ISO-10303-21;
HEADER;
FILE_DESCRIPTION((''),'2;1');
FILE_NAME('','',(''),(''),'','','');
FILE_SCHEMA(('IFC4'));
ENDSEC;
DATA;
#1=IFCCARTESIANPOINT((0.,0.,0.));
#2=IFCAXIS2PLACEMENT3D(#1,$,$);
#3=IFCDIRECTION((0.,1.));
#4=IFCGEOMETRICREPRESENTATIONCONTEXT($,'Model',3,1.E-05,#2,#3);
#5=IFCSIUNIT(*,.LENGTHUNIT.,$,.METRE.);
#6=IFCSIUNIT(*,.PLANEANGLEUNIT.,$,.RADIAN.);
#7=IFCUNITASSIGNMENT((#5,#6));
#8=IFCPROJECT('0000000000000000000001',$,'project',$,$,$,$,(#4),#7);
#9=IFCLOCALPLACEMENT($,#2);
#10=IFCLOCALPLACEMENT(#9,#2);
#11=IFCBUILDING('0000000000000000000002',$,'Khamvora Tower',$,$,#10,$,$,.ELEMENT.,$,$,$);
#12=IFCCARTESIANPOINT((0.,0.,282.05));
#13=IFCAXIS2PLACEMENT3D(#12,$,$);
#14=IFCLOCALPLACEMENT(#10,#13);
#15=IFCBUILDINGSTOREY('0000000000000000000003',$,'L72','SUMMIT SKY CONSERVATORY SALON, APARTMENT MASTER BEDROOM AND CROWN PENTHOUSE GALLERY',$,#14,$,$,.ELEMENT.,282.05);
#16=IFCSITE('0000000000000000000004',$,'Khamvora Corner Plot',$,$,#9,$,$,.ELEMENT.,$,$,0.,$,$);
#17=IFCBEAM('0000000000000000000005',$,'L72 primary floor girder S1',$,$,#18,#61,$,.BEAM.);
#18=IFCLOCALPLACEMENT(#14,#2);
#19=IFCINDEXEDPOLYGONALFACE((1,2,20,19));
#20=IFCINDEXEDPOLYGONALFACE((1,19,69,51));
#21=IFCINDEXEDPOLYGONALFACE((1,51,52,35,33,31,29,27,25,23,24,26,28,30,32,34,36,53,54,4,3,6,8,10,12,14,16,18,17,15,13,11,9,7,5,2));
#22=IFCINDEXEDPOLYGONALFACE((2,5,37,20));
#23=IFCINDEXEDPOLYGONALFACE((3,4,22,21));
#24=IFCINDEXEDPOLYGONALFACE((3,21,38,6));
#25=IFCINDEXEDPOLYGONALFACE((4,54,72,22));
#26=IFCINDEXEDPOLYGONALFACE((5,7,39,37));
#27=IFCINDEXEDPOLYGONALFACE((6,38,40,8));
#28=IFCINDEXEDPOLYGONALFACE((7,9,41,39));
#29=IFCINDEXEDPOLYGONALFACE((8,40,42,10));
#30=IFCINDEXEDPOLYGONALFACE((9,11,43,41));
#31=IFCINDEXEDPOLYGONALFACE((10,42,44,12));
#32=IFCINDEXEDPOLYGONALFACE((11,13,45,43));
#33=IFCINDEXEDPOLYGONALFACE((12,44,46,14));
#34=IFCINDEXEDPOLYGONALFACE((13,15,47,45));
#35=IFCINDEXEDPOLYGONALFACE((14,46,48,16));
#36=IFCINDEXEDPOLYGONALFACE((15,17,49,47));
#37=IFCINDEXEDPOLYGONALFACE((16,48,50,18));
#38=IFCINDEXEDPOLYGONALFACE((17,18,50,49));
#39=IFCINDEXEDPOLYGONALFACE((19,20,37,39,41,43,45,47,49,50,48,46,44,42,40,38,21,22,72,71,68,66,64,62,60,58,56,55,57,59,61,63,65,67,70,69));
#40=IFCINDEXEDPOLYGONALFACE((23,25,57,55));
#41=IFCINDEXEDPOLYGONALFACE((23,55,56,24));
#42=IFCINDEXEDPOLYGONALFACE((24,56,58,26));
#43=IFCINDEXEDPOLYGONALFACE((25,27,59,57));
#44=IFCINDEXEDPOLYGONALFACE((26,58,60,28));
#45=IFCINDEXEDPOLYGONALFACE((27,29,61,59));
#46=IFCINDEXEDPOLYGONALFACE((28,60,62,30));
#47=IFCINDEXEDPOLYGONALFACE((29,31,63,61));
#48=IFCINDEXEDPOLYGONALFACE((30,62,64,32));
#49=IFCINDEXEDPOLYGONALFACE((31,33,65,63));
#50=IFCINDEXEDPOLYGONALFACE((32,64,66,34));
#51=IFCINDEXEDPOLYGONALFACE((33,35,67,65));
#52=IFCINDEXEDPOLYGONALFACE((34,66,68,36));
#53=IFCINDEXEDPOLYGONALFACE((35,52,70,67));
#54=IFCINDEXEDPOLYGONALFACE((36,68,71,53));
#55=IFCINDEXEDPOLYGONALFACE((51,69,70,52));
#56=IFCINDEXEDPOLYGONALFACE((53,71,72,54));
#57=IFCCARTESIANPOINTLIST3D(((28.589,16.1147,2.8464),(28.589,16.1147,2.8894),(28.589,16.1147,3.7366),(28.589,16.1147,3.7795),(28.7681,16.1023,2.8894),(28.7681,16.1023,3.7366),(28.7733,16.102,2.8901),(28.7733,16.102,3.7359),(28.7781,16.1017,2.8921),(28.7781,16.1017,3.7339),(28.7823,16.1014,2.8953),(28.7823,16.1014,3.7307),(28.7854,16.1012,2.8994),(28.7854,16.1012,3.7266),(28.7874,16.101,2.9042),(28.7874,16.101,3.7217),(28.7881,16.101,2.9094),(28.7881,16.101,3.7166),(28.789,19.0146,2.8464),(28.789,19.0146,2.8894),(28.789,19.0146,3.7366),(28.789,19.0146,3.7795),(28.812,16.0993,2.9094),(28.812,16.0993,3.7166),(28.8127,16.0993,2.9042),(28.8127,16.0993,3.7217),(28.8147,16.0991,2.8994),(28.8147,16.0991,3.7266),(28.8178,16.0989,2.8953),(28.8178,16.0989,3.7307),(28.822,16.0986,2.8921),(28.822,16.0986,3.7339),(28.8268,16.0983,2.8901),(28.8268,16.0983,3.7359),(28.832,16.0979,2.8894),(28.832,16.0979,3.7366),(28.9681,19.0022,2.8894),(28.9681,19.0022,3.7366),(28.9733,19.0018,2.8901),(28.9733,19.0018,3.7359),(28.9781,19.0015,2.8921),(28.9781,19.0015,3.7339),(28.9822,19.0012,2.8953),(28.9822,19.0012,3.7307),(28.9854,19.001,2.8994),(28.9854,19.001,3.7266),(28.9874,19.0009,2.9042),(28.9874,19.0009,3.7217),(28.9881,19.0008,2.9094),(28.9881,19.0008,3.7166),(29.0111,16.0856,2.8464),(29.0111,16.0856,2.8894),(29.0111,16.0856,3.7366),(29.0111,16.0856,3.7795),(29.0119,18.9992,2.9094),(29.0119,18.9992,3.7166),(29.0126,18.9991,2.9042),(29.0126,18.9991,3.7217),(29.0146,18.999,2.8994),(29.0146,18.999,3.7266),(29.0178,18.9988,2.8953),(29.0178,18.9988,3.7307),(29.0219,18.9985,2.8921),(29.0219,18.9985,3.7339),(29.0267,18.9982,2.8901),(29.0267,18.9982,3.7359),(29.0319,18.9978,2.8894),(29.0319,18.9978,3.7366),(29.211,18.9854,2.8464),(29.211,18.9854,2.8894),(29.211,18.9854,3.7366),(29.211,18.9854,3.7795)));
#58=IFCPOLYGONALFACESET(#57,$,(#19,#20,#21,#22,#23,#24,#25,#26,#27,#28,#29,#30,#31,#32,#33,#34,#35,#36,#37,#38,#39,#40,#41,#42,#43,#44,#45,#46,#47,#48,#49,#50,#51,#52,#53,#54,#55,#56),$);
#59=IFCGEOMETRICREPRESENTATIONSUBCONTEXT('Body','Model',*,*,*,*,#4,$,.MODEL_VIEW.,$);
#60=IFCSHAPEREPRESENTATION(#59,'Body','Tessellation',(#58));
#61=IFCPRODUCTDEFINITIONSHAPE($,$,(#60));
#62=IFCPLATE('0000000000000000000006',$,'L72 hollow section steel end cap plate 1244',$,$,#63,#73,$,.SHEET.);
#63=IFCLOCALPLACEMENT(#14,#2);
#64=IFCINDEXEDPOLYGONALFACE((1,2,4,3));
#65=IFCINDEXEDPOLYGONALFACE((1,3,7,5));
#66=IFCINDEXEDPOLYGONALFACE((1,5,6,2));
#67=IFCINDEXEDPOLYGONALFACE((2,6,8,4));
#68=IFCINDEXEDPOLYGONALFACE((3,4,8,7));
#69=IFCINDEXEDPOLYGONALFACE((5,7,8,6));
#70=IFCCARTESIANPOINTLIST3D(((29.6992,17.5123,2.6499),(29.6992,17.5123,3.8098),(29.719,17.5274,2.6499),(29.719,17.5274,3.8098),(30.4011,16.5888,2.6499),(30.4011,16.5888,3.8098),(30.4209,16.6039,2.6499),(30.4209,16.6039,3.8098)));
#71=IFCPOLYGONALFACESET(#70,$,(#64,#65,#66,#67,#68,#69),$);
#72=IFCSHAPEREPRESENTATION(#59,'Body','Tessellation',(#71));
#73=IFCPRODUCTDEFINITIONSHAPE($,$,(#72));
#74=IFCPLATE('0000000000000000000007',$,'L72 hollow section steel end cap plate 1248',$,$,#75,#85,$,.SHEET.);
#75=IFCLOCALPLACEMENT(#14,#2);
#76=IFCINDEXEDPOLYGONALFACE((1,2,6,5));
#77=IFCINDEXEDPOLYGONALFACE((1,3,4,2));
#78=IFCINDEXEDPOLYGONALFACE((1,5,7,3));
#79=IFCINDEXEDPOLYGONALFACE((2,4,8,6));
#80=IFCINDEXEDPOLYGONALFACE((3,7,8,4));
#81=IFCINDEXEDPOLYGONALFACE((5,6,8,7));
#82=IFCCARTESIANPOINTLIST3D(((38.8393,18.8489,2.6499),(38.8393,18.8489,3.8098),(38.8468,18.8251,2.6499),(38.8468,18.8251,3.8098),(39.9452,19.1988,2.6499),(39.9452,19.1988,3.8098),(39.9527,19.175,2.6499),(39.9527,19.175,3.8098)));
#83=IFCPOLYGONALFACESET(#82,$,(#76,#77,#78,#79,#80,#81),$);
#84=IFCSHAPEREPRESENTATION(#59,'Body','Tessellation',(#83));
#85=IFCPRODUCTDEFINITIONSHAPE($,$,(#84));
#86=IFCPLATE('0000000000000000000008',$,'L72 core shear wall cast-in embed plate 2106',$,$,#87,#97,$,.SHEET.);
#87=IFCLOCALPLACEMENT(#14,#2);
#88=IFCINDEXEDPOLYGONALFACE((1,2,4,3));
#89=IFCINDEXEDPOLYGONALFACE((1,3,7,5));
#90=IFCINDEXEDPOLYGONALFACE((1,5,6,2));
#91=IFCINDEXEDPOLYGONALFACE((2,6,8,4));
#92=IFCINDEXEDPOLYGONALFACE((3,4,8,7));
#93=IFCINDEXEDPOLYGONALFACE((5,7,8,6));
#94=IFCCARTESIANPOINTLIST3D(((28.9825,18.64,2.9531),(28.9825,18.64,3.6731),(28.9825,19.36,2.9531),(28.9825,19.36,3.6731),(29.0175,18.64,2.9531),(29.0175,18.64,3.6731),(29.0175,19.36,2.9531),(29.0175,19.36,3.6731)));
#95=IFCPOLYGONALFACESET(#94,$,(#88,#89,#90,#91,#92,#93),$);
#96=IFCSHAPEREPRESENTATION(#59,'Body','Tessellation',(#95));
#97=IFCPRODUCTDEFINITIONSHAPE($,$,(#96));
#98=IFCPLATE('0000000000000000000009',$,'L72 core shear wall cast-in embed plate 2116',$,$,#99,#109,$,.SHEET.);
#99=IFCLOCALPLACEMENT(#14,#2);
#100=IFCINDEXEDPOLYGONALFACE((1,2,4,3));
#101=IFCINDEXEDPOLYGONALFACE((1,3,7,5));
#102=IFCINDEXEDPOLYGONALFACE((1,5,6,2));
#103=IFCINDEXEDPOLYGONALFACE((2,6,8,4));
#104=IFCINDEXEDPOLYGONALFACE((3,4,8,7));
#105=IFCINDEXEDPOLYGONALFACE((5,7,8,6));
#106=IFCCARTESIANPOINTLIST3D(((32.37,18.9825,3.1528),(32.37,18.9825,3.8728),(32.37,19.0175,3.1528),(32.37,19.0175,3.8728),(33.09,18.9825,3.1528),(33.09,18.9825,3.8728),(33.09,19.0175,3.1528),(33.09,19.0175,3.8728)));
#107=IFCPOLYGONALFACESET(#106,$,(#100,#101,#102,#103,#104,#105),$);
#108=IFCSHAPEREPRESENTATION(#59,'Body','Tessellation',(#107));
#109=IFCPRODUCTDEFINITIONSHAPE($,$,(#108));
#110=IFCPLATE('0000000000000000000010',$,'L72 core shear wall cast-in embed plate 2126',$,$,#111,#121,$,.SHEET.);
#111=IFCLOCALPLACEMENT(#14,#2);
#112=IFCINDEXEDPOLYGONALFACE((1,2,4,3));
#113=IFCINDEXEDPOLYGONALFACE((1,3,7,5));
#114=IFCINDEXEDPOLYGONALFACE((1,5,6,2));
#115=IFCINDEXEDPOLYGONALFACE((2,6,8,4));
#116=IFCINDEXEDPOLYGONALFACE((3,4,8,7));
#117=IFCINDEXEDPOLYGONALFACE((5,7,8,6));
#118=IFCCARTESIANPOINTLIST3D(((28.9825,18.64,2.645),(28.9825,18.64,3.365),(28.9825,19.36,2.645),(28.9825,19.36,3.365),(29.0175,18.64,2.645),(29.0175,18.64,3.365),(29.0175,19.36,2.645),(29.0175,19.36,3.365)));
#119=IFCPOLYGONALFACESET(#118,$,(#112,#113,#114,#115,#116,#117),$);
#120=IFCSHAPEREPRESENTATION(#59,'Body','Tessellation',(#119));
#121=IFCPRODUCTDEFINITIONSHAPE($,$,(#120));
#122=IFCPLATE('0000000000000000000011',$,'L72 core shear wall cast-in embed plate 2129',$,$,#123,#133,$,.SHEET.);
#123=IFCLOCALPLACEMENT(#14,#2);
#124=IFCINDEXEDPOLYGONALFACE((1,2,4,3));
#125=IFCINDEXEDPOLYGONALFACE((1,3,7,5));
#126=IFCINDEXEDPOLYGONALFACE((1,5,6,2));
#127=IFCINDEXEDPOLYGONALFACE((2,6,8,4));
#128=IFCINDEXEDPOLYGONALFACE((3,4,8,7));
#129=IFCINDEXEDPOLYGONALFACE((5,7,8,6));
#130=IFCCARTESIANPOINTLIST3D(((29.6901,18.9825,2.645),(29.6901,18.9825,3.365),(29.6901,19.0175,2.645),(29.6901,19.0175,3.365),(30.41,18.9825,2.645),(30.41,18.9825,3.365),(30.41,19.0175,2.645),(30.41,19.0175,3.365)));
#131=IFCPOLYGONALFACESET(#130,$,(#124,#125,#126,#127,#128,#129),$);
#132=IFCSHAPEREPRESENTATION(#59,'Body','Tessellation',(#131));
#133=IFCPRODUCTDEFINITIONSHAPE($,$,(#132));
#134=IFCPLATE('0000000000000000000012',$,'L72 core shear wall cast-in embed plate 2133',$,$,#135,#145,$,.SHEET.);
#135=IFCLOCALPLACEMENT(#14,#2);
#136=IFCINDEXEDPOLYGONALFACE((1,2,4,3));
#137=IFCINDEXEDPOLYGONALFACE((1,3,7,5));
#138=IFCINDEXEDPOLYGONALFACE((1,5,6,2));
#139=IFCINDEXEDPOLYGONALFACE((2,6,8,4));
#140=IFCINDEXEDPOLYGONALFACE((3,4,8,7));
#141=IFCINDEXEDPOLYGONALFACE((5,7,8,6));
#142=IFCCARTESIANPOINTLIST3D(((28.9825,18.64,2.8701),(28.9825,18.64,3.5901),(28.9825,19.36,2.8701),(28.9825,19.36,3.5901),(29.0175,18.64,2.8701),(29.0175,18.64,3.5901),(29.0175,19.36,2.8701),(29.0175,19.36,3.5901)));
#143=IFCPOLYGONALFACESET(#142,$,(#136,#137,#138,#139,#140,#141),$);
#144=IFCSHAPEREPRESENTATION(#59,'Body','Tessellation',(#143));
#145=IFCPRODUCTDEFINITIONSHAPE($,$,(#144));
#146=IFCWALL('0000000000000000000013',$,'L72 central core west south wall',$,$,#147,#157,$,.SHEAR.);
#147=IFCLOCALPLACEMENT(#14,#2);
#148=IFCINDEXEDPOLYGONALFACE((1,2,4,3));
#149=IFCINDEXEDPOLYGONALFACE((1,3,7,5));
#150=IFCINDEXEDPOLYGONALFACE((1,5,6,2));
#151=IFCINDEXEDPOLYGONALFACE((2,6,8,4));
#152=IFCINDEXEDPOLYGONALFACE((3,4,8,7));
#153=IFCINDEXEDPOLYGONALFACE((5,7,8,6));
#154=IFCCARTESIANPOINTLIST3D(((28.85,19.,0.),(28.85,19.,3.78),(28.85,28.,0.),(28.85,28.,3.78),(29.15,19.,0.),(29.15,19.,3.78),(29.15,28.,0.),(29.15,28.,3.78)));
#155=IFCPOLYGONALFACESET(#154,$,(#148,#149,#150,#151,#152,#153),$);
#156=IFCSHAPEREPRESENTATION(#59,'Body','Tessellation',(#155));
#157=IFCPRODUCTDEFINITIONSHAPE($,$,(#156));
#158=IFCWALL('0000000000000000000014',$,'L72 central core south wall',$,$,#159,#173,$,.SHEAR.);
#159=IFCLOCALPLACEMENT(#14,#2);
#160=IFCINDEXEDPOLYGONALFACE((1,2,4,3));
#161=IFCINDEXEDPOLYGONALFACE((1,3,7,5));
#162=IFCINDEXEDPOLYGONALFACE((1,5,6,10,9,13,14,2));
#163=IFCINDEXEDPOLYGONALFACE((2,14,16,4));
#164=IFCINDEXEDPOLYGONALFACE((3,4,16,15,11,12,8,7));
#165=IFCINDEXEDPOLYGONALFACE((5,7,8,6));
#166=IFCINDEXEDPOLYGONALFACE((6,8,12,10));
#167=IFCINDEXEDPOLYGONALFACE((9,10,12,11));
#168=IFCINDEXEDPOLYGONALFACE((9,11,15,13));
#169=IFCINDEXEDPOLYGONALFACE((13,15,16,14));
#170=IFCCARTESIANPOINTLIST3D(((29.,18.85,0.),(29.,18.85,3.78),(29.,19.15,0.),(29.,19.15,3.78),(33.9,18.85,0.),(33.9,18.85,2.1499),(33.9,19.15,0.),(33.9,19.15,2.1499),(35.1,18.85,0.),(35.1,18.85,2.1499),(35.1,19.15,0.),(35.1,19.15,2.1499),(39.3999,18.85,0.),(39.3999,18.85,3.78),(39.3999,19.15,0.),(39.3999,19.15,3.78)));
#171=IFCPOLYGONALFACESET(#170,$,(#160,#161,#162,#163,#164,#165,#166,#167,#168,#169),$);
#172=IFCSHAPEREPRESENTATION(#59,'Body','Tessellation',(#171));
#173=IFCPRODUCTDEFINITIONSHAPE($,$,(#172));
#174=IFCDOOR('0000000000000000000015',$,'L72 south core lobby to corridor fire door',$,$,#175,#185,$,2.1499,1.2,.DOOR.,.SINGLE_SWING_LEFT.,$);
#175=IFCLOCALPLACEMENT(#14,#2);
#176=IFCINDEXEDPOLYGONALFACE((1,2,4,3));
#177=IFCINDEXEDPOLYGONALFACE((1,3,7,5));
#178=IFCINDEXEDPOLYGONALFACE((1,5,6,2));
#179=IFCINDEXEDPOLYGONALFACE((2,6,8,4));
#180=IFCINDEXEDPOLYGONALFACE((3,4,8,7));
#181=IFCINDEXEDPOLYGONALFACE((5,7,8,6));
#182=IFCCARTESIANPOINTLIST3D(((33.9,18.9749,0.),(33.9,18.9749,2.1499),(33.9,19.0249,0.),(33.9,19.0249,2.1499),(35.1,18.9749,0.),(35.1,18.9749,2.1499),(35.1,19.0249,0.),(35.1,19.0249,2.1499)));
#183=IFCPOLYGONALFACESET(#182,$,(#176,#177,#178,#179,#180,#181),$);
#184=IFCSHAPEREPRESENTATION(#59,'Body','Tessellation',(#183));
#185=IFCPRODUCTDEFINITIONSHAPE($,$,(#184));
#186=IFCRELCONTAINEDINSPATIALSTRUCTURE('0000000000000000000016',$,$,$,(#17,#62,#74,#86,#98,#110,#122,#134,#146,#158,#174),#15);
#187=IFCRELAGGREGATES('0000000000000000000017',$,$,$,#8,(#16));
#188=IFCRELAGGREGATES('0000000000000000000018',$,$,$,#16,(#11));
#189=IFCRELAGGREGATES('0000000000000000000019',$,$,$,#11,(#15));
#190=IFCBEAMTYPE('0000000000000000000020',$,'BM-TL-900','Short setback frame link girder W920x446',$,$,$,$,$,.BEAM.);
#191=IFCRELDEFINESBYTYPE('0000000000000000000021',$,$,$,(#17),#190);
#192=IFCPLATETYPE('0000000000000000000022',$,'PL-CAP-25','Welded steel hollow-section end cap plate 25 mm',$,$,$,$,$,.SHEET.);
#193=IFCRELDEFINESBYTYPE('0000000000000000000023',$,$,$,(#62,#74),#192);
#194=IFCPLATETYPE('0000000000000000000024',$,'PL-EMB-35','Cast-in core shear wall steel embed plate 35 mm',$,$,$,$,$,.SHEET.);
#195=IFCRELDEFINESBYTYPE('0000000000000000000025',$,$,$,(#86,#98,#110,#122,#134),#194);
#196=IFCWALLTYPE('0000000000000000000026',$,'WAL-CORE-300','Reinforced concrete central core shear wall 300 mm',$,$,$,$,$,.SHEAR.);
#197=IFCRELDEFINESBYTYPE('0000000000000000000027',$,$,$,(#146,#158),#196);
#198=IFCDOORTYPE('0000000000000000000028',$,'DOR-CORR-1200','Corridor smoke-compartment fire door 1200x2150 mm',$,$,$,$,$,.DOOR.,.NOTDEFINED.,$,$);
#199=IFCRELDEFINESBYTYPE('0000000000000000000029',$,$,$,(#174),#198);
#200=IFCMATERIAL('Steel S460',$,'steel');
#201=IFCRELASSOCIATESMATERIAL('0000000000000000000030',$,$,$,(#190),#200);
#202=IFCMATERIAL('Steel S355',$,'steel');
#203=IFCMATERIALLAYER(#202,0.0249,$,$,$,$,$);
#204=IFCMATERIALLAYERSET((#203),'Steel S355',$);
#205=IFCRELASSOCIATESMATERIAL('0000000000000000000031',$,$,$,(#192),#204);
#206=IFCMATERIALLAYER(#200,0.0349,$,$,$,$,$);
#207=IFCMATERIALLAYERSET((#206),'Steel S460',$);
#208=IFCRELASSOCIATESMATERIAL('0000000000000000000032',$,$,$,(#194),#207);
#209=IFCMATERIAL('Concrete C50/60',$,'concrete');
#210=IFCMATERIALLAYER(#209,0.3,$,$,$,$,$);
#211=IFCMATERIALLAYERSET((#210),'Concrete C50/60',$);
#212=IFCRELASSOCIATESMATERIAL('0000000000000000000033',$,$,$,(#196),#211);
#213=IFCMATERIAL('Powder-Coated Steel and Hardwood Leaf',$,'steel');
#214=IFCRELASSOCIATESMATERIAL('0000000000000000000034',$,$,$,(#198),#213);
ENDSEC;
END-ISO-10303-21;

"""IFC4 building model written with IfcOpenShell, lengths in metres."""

from ifc_helpers import new_model, si_unit, direction, frame, frame_2d, origin, origin_2d, place, context, subcontext, project, spatial, rectangle, i_section, extrude, material, layer, layer_set, material_profile, profile_set, type_object, element, fill, save


model = new_model("IFC4")

# Units and contexts
model_context = context("Model", 3, precision=1e-05, world=origin(), true_north=direction((0.0, 1.0)))
body_context = subcontext(model_context, "Body", "Model", "MODEL_VIEW")
ifc_project = project(units=[si_unit("LENGTHUNIT", "METRE"), si_unit("PLANEANGLEUNIT", "RADIAN")], contexts=[model_context])

# Site, building, storey
site_placement = place(None, origin())
site = spatial("IfcSite", under=ifc_project, at=site_placement, Name="Khamvora Corner Plot", CompositionType="ELEMENT", RefElevation=0.0)
building_placement = place(site_placement, origin())
building = spatial("IfcBuilding", under=site, at=building_placement, Name="Khamvora Tower", CompositionType="ELEMENT")
storey_placement = place(building_placement, frame((0.0, 0.0, 282.05)))
storey = spatial("IfcBuildingStorey", under=building, at=storey_placement, Name="L72", Description="SUMMIT SKY CONSERVATORY SALON, APARTMENT MASTER BEDROOM AND CROWN PENTHOUSE GALLERY", CompositionType="ELEMENT", Elevation=282.05)

# Beam
ifc_material_1 = material(Name="Steel S355", Category="steel")
ifc_material_2 = material(Name="Steel S460", Category="steel")
ifc_material_profile_1 = material_profile(ifc_material_2, i_section(OverallWidth=0.4231, OverallDepth=0.9331, WebThickness=0.0239, FlangeThickness=0.043, FilletRadius=0.02, at=origin_2d()), Name="W920x446")
ifc_profile_set_1 = profile_set([ifc_material_profile_1], Name="Steel S460")
beam_type_1 = type_object("IfcBeamType", Name="BM-TL-900", Description="Short setback frame link girder W920x446", PredefinedType="BEAM", material=ifc_profile_set_1)
beam_1_placement = place(storey_placement, frame((29.0, 19.0, 3.313), z_axis=(-0.068788, -0.997631, 0.0), x_axis=(0.997631, -0.068788, 0.0)))
element("IfcBeam", 1, at=beam_1_placement, inside=storey, type_object=beam_type_1, Name="L72 primary floor girder S1", PredefinedType="BEAM", context=body_context, shape_type="SweptSolid", body=[
    extrude(i_section(OverallWidth=0.4231, OverallDepth=0.9331, WebThickness=0.0239, FlangeThickness=0.043, FilletRadius=0.02, at=origin_2d()), origin(), (0.0, 0.0, 1.0), 2.9067),
])

# Plates
ifc_layer_1 = layer(ifc_material_1, 0.0249)
ifc_layer_set_1 = layer_set([ifc_layer_1], Name="Steel S355")
plate_type_1 = type_object("IfcPlateType", Name="PL-CAP-25", Description="Welded steel hollow-section end cap plate 25 mm", PredefinedType="SHEET", material=ifc_layer_set_1)
for number, where, z_axis, x_axis, name in (
    (2, (30.0601, 17.0581, 2.6499), (0.0, 0.0, 1.0), (0.79616, 0.605086, 0.0), "L72 hollow section steel end cap plate 1244"),
    (3, (39.396, 19.012, 2.6499), (0.0, 0.0, 1.0), (0.301671, -0.953412, 0.0), "L72 hollow section steel end cap plate 1248"),
):
    element("IfcPlate", number, at=place(storey_placement, frame(where, z_axis=z_axis, x_axis=x_axis)), inside=storey, type_object=plate_type_1, Name=name, PredefinedType="SHEET", context=body_context, shape_type="SweptSolid", body=[
        extrude(rectangle(XDim=0.0249, YDim=1.1599, at=origin_2d()), origin(), (0.0, 0.0, 1.0), 1.1599),
    ])
ifc_layer_2 = layer(ifc_material_2, 0.0349)
ifc_layer_set_2 = layer_set([ifc_layer_2], Name="Steel S460")
plate_type_2 = type_object("IfcPlateType", Name="PL-EMB-35", Description="Cast-in core shear wall steel embed plate 35 mm", PredefinedType="SHEET", material=ifc_layer_set_2)
plate_1_placement = place(storey_placement, frame((29.0, 19.0, 2.9531), z_axis=(0.0, 0.0, 1.0), x_axis=(1.0, 0.0, 0.0)))
element("IfcPlate", 4, at=plate_1_placement, inside=storey, type_object=plate_type_2, Name="L72 core shear wall cast-in embed plate 2106", PredefinedType="SHEET", context=body_context, shape_type="SweptSolid", body=[
    extrude(rectangle(XDim=0.0349, YDim=0.72, at=origin_2d()), origin(), (0.0, 0.0, 1.0), 0.72),
])
plate_2_placement = place(storey_placement, frame((32.73, 19.0, 3.1528), z_axis=(0.0, 0.0, 1.0), x_axis=(1.0, 0.0, 0.0)))
element("IfcPlate", 5, at=plate_2_placement, inside=storey, type_object=plate_type_2, Name="L72 core shear wall cast-in embed plate 2116", PredefinedType="SHEET", context=body_context, shape_type="SweptSolid", body=[
    extrude(rectangle(XDim=0.72, YDim=0.0349, at=origin_2d()), origin(), (0.0, 0.0, 1.0), 0.72),
])
plate_3_placement = place(storey_placement, frame((29.0, 19.0, 2.645), z_axis=(0.0, 0.0, 1.0), x_axis=(1.0, 0.0, 0.0)))
element("IfcPlate", 6, at=plate_3_placement, inside=storey, type_object=plate_type_2, Name="L72 core shear wall cast-in embed plate 2126", PredefinedType="SHEET", context=body_context, shape_type="SweptSolid", body=[
    extrude(rectangle(XDim=0.0349, YDim=0.72, at=origin_2d()), origin(), (0.0, 0.0, 1.0), 0.72),
])
plate_4_placement = place(storey_placement, frame((30.05, 19.0, 2.645), z_axis=(0.0, 0.0, 1.0), x_axis=(1.0, 0.0, 0.0)))
element("IfcPlate", 7, at=plate_4_placement, inside=storey, type_object=plate_type_2, Name="L72 core shear wall cast-in embed plate 2129", PredefinedType="SHEET", context=body_context, shape_type="SweptSolid", body=[
    extrude(rectangle(XDim=0.72, YDim=0.0349, at=origin_2d()), origin(), (0.0, 0.0, 1.0), 0.72),
])
plate_5_placement = place(storey_placement, frame((29.0, 19.0, 2.8701), z_axis=(0.0, 0.0, 1.0), x_axis=(1.0, 0.0, 0.0)))
element("IfcPlate", 8, at=plate_5_placement, inside=storey, type_object=plate_type_2, Name="L72 core shear wall cast-in embed plate 2133", PredefinedType="SHEET", context=body_context, shape_type="SweptSolid", body=[
    extrude(rectangle(XDim=0.0349, YDim=0.72, at=origin_2d()), origin(), (0.0, 0.0, 1.0), 0.72),
])

# Wall
ifc_material_3 = material(Name="Concrete C50/60", Category="concrete")
ifc_layer_3 = layer(ifc_material_3, 0.3)
ifc_layer_set_3 = layer_set([ifc_layer_3], Name="Concrete C50/60")
wall_type = type_object("IfcWallType", Name="WAL-CORE-300", Description="Reinforced concrete central core shear wall 300 mm", PredefinedType="SHEAR", material=ifc_layer_set_3)
wall_1_placement = place(storey_placement, frame((29.0, 19.0, 0.0), z_axis=(0.0, 0.0, 1.0), x_axis=(0.0, 1.0, 0.0)))
element("IfcWall", 9, at=wall_1_placement, inside=storey, type_object=wall_type, Name="L72 central core west south wall", PredefinedType="SHEAR", context=body_context, shape_type="SweptSolid", body=[
    extrude(rectangle(XDim=9.0, YDim=0.3, at=frame_2d((4.5, 0.0))), origin(), (0.0, 0.0, 1.0), 3.78),
])

# Wall, opening, door
wall_2_placement = place(storey_placement, frame((29.0, 19.0, 0.0), z_axis=(0.0, 0.0, 1.0), x_axis=(1.0, 0.0, 0.0)))
wall_2 = element("IfcWall", 10, at=wall_2_placement, inside=storey, type_object=wall_type, Name="L72 central core south wall", PredefinedType="SHEAR", context=body_context, shape_type="SweptSolid", body=[
    extrude(rectangle(XDim=10.3999, YDim=0.3, at=frame_2d((5.2, 0.0))), origin(), (0.0, 0.0, 1.0), 3.78),
])
opening_1_placement = place(wall_2_placement, frame((4.8999, 0.0, 0.0)))
opening_1 = element("IfcOpeningElement", 11, at=opening_1_placement, cuts=wall_2, PredefinedType="OPENING", context=body_context, shape_type="SweptSolid", body=[
    extrude(rectangle(XDim=1.2, YDim=2.1499, at=frame_2d((0.6001, 1.075))), frame((0.0, 0.1599, 0.0), z_axis=(0.0, -1.0, 0.0), x_axis=(1.0, 0.0, 0.0)), (0.0, 0.0, 1.0), 0.3201),
])
ifc_material_4 = material(Name="Powder-Coated Steel and Hardwood Leaf", Category="steel")
door_type_1 = type_object("IfcDoorType", Name="DOR-CORR-1200", Description="Corridor smoke-compartment fire door 1200x2150 mm", OperationType="NOTDEFINED", PredefinedType="DOOR", material=ifc_material_4)
door_1_placement = place(opening_1_placement, origin())
door_1 = element("IfcDoor", 12, at=door_1_placement, inside=storey, type_object=door_type_1, Name="L72 south core lobby to corridor fire door", OperationType="SINGLE_SWING_LEFT", OverallHeight=2.1499, OverallWidth=1.2, PredefinedType="DOOR", context=body_context, shape_type="SweptSolid", body=[
    extrude(rectangle(XDim=1.2, YDim=2.1499, at=frame_2d((0.6001, 1.075))), frame((0.0, 0.0249, 0.0), z_axis=(0.0, -1.0, 0.0), x_axis=(1.0, 0.0, 0.0)), (0.0, 0.0, 1.0), 0.05),
])
fill(opening_1, door_1)

save(model, "model.ifc")
